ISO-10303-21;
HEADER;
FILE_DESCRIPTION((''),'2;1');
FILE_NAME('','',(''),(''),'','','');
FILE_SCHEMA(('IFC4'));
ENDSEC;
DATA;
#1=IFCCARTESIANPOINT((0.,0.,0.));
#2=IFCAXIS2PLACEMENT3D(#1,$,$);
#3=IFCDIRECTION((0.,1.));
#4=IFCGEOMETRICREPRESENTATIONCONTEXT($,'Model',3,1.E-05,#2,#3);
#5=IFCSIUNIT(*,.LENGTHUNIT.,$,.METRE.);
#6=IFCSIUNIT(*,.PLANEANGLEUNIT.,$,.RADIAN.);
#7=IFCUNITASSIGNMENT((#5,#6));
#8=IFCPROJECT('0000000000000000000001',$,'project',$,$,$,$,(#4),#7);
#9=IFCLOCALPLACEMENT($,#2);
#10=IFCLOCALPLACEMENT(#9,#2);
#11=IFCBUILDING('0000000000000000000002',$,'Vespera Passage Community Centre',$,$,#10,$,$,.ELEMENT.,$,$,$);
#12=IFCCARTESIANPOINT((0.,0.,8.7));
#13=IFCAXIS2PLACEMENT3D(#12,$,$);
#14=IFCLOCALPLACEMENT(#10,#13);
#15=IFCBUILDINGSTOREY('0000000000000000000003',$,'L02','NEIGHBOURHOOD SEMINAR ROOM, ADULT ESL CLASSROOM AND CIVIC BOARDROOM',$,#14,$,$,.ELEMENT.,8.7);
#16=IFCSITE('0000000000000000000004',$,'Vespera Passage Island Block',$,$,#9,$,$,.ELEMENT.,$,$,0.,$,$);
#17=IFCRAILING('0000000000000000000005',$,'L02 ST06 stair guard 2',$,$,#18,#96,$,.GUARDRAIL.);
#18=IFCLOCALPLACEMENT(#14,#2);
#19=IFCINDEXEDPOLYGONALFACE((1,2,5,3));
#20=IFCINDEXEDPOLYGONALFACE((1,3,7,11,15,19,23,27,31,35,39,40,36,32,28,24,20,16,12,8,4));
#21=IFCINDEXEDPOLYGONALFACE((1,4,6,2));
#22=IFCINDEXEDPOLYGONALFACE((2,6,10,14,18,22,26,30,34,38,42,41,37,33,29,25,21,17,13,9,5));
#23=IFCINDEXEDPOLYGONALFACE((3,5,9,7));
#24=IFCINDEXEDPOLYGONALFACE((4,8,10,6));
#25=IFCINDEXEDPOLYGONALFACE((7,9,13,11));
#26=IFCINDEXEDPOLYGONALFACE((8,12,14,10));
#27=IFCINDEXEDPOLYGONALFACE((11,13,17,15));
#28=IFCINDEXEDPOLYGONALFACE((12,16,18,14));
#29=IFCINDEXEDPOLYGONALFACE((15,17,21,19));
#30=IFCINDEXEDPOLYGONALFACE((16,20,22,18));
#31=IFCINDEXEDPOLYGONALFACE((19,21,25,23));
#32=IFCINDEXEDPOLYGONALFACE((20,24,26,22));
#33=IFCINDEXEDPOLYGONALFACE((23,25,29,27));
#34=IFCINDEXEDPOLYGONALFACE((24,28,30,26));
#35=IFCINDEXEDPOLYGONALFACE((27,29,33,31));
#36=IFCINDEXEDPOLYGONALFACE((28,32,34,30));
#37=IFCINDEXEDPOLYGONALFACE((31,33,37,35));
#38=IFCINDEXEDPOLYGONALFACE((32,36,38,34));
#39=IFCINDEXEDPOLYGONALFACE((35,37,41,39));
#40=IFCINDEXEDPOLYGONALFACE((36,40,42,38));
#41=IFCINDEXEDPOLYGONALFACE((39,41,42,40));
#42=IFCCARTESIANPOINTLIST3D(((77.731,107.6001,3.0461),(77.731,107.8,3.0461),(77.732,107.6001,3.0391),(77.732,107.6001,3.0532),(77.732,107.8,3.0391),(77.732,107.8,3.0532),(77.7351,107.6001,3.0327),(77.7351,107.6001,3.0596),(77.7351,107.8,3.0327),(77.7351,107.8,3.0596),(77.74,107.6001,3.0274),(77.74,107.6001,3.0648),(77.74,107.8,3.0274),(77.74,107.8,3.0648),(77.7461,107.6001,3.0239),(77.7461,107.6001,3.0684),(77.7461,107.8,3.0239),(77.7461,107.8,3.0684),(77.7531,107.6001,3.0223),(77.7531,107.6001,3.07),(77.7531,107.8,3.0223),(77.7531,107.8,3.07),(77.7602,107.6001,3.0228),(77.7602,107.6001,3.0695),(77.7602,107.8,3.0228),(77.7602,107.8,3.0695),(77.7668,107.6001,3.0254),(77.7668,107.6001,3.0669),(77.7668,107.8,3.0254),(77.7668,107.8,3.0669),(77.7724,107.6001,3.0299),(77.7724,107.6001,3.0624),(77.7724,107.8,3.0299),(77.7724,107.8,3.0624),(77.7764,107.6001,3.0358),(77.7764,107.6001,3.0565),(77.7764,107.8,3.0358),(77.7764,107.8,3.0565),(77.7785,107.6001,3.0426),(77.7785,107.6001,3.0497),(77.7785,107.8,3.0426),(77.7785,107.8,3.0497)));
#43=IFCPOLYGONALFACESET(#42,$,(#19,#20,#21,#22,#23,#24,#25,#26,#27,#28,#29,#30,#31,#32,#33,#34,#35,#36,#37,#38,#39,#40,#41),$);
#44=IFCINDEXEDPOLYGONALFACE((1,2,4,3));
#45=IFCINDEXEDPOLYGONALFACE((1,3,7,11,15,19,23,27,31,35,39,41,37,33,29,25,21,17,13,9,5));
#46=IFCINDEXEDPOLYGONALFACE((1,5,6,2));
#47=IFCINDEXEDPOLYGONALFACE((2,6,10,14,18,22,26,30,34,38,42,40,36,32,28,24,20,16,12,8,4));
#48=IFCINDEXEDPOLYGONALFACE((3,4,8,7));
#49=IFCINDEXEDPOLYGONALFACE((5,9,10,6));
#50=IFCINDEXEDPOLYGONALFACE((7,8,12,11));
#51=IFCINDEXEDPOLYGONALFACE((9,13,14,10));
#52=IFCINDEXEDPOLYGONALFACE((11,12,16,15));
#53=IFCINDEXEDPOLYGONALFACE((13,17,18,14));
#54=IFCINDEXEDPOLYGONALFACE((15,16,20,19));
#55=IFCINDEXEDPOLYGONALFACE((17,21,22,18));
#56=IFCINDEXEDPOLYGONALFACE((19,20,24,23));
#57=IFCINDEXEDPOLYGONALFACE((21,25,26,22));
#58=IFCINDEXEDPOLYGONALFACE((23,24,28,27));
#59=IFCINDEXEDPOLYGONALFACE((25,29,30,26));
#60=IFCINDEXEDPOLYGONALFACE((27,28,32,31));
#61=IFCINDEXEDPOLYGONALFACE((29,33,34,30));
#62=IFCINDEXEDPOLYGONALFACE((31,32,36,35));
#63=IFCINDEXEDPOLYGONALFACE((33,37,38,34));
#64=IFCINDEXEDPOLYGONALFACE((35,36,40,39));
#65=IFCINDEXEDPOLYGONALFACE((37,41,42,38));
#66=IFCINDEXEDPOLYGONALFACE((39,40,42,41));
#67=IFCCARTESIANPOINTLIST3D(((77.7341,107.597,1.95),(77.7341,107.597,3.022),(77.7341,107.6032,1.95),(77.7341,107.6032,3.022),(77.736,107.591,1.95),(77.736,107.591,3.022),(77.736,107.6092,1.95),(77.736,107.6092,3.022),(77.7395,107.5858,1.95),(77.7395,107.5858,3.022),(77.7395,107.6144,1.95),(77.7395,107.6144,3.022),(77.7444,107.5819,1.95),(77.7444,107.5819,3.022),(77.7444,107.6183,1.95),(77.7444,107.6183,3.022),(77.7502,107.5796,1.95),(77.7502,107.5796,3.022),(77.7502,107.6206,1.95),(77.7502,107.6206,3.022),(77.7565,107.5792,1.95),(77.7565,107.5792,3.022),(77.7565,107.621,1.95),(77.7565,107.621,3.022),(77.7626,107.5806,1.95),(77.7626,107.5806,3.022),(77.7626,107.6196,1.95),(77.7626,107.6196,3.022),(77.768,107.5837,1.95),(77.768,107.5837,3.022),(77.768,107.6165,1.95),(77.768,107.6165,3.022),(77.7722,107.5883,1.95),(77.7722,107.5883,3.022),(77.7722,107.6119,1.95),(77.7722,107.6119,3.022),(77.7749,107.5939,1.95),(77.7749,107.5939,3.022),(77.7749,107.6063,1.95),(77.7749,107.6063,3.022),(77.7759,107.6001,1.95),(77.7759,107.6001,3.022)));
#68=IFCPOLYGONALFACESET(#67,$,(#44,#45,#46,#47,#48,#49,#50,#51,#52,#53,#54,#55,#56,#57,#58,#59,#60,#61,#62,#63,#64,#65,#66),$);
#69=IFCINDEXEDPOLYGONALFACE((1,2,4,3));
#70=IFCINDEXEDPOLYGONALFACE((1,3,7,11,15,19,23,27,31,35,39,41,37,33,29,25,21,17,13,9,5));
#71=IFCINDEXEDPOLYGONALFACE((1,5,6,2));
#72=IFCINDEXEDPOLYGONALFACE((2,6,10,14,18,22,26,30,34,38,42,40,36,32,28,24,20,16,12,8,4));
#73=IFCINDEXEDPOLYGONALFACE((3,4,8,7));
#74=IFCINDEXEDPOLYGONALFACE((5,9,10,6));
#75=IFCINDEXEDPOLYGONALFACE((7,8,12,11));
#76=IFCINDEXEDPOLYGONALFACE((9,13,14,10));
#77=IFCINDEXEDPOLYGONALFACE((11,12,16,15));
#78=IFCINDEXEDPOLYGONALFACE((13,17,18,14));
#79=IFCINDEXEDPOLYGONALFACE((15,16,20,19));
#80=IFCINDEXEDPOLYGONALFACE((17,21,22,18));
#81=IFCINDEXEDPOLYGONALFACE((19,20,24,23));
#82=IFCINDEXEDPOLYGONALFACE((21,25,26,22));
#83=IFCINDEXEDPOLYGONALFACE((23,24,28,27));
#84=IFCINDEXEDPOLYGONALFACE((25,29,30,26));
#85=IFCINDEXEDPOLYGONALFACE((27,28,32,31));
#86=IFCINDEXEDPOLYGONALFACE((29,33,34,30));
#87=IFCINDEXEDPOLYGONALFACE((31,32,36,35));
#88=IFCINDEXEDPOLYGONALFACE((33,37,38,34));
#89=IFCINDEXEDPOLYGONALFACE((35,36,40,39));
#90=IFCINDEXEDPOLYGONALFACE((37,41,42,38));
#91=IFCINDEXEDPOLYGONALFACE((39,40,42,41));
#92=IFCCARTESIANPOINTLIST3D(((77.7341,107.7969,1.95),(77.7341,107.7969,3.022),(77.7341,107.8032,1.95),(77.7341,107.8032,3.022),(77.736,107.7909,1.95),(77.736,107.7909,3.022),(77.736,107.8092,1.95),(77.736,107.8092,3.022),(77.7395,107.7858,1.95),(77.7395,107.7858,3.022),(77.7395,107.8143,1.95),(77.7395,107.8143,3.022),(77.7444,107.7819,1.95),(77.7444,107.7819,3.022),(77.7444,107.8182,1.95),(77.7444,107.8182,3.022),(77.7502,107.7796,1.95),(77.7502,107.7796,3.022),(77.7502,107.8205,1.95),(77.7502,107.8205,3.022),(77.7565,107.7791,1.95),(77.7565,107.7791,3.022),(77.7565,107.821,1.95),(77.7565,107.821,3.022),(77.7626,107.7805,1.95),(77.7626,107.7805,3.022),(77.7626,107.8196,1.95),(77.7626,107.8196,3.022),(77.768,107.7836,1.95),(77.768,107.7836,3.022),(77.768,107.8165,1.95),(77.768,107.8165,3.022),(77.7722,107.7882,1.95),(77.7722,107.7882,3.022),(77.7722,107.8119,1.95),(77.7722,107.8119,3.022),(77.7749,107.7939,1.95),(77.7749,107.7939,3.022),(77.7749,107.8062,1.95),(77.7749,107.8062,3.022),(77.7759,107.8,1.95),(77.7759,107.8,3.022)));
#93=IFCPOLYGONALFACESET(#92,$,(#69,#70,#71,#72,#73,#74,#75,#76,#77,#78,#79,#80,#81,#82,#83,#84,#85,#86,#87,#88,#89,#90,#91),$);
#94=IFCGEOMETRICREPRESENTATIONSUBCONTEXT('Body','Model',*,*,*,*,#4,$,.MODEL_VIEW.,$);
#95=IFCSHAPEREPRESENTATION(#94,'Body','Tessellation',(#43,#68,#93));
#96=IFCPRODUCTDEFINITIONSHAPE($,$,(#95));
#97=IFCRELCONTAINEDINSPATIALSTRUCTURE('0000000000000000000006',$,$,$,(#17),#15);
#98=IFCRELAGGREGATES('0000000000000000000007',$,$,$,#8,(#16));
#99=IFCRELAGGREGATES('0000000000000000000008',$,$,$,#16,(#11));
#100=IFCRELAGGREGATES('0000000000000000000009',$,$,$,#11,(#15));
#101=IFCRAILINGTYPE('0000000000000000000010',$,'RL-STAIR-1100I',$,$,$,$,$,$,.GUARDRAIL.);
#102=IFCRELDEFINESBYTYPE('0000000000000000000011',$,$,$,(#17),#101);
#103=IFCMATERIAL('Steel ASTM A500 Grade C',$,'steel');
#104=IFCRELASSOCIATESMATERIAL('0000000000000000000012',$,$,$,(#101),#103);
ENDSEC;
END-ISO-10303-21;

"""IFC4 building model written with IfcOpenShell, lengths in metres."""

from ifc_helpers import new_model, si_unit, direction, frame, origin, origin_2d, place, context, subcontext, project, spatial, circle, extrude, material, type_object, element, save


model = new_model("IFC4")

# Units and contexts
model_context = context("Model", 3, precision=1e-05, world=origin(), true_north=direction((0.0, 1.0)))
body_context = subcontext(model_context, "Body", "Model", "MODEL_VIEW")
ifc_project = project(units=[si_unit("LENGTHUNIT", "METRE"), si_unit("PLANEANGLEUNIT", "RADIAN")], contexts=[model_context])

# Site, building, storey
site_placement = place(None, origin())
site = spatial("IfcSite", under=ifc_project, at=site_placement, Name="Vespera Passage Island Block", CompositionType="ELEMENT", RefElevation=0.0)
building_placement = place(site_placement, origin())
building = spatial("IfcBuilding", under=site, at=building_placement, Name="Vespera Passage Community Centre", CompositionType="ELEMENT")
storey_placement = place(building_placement, frame((0.0, 0.0, 8.7)))
storey = spatial("IfcBuildingStorey", under=building, at=storey_placement, Name="L02", Description="NEIGHBOURHOOD SEMINAR ROOM, ADULT ESL CLASSROOM AND CIVIC BOARDROOM", CompositionType="ELEMENT", Elevation=8.7)

# Railing
ifc_material_1 = material(Name="Steel ASTM A500 Grade C", Category="steel")
railing_type_1 = type_object("IfcRailingType", Name="RL-STAIR-1100I", PredefinedType="GUARDRAIL", material=ifc_material_1)
railing_1_placement = place(storey_placement, frame((77.7549, 107.6001, 1.95)))
element("IfcRailing", 1, at=railing_1_placement, inside=storey, type_object=railing_type_1, Name="L02 ST06 stair guard 2", PredefinedType="GUARDRAIL", context=body_context, shape_type="SweptSolid", body=[
    extrude(circle(Radius=0.0239, at=origin_2d()), frame((0.0, 0.0, 1.0962), z_axis=(0.0, 1.0, 0.0), x_axis=(-1.0, 0.0, 0.0)), (0.0, 0.0, 1.0), 0.2),
    extrude(circle(Radius=0.021, at=origin_2d()), origin(), (0.0, 0.0, 1.0), 1.072),
    extrude(circle(Radius=0.021, at=origin_2d()), frame((0.0, 0.2, 0.0)), (0.0, 0.0, 1.0), 1.072),
])

save(model, "model.ifc")
